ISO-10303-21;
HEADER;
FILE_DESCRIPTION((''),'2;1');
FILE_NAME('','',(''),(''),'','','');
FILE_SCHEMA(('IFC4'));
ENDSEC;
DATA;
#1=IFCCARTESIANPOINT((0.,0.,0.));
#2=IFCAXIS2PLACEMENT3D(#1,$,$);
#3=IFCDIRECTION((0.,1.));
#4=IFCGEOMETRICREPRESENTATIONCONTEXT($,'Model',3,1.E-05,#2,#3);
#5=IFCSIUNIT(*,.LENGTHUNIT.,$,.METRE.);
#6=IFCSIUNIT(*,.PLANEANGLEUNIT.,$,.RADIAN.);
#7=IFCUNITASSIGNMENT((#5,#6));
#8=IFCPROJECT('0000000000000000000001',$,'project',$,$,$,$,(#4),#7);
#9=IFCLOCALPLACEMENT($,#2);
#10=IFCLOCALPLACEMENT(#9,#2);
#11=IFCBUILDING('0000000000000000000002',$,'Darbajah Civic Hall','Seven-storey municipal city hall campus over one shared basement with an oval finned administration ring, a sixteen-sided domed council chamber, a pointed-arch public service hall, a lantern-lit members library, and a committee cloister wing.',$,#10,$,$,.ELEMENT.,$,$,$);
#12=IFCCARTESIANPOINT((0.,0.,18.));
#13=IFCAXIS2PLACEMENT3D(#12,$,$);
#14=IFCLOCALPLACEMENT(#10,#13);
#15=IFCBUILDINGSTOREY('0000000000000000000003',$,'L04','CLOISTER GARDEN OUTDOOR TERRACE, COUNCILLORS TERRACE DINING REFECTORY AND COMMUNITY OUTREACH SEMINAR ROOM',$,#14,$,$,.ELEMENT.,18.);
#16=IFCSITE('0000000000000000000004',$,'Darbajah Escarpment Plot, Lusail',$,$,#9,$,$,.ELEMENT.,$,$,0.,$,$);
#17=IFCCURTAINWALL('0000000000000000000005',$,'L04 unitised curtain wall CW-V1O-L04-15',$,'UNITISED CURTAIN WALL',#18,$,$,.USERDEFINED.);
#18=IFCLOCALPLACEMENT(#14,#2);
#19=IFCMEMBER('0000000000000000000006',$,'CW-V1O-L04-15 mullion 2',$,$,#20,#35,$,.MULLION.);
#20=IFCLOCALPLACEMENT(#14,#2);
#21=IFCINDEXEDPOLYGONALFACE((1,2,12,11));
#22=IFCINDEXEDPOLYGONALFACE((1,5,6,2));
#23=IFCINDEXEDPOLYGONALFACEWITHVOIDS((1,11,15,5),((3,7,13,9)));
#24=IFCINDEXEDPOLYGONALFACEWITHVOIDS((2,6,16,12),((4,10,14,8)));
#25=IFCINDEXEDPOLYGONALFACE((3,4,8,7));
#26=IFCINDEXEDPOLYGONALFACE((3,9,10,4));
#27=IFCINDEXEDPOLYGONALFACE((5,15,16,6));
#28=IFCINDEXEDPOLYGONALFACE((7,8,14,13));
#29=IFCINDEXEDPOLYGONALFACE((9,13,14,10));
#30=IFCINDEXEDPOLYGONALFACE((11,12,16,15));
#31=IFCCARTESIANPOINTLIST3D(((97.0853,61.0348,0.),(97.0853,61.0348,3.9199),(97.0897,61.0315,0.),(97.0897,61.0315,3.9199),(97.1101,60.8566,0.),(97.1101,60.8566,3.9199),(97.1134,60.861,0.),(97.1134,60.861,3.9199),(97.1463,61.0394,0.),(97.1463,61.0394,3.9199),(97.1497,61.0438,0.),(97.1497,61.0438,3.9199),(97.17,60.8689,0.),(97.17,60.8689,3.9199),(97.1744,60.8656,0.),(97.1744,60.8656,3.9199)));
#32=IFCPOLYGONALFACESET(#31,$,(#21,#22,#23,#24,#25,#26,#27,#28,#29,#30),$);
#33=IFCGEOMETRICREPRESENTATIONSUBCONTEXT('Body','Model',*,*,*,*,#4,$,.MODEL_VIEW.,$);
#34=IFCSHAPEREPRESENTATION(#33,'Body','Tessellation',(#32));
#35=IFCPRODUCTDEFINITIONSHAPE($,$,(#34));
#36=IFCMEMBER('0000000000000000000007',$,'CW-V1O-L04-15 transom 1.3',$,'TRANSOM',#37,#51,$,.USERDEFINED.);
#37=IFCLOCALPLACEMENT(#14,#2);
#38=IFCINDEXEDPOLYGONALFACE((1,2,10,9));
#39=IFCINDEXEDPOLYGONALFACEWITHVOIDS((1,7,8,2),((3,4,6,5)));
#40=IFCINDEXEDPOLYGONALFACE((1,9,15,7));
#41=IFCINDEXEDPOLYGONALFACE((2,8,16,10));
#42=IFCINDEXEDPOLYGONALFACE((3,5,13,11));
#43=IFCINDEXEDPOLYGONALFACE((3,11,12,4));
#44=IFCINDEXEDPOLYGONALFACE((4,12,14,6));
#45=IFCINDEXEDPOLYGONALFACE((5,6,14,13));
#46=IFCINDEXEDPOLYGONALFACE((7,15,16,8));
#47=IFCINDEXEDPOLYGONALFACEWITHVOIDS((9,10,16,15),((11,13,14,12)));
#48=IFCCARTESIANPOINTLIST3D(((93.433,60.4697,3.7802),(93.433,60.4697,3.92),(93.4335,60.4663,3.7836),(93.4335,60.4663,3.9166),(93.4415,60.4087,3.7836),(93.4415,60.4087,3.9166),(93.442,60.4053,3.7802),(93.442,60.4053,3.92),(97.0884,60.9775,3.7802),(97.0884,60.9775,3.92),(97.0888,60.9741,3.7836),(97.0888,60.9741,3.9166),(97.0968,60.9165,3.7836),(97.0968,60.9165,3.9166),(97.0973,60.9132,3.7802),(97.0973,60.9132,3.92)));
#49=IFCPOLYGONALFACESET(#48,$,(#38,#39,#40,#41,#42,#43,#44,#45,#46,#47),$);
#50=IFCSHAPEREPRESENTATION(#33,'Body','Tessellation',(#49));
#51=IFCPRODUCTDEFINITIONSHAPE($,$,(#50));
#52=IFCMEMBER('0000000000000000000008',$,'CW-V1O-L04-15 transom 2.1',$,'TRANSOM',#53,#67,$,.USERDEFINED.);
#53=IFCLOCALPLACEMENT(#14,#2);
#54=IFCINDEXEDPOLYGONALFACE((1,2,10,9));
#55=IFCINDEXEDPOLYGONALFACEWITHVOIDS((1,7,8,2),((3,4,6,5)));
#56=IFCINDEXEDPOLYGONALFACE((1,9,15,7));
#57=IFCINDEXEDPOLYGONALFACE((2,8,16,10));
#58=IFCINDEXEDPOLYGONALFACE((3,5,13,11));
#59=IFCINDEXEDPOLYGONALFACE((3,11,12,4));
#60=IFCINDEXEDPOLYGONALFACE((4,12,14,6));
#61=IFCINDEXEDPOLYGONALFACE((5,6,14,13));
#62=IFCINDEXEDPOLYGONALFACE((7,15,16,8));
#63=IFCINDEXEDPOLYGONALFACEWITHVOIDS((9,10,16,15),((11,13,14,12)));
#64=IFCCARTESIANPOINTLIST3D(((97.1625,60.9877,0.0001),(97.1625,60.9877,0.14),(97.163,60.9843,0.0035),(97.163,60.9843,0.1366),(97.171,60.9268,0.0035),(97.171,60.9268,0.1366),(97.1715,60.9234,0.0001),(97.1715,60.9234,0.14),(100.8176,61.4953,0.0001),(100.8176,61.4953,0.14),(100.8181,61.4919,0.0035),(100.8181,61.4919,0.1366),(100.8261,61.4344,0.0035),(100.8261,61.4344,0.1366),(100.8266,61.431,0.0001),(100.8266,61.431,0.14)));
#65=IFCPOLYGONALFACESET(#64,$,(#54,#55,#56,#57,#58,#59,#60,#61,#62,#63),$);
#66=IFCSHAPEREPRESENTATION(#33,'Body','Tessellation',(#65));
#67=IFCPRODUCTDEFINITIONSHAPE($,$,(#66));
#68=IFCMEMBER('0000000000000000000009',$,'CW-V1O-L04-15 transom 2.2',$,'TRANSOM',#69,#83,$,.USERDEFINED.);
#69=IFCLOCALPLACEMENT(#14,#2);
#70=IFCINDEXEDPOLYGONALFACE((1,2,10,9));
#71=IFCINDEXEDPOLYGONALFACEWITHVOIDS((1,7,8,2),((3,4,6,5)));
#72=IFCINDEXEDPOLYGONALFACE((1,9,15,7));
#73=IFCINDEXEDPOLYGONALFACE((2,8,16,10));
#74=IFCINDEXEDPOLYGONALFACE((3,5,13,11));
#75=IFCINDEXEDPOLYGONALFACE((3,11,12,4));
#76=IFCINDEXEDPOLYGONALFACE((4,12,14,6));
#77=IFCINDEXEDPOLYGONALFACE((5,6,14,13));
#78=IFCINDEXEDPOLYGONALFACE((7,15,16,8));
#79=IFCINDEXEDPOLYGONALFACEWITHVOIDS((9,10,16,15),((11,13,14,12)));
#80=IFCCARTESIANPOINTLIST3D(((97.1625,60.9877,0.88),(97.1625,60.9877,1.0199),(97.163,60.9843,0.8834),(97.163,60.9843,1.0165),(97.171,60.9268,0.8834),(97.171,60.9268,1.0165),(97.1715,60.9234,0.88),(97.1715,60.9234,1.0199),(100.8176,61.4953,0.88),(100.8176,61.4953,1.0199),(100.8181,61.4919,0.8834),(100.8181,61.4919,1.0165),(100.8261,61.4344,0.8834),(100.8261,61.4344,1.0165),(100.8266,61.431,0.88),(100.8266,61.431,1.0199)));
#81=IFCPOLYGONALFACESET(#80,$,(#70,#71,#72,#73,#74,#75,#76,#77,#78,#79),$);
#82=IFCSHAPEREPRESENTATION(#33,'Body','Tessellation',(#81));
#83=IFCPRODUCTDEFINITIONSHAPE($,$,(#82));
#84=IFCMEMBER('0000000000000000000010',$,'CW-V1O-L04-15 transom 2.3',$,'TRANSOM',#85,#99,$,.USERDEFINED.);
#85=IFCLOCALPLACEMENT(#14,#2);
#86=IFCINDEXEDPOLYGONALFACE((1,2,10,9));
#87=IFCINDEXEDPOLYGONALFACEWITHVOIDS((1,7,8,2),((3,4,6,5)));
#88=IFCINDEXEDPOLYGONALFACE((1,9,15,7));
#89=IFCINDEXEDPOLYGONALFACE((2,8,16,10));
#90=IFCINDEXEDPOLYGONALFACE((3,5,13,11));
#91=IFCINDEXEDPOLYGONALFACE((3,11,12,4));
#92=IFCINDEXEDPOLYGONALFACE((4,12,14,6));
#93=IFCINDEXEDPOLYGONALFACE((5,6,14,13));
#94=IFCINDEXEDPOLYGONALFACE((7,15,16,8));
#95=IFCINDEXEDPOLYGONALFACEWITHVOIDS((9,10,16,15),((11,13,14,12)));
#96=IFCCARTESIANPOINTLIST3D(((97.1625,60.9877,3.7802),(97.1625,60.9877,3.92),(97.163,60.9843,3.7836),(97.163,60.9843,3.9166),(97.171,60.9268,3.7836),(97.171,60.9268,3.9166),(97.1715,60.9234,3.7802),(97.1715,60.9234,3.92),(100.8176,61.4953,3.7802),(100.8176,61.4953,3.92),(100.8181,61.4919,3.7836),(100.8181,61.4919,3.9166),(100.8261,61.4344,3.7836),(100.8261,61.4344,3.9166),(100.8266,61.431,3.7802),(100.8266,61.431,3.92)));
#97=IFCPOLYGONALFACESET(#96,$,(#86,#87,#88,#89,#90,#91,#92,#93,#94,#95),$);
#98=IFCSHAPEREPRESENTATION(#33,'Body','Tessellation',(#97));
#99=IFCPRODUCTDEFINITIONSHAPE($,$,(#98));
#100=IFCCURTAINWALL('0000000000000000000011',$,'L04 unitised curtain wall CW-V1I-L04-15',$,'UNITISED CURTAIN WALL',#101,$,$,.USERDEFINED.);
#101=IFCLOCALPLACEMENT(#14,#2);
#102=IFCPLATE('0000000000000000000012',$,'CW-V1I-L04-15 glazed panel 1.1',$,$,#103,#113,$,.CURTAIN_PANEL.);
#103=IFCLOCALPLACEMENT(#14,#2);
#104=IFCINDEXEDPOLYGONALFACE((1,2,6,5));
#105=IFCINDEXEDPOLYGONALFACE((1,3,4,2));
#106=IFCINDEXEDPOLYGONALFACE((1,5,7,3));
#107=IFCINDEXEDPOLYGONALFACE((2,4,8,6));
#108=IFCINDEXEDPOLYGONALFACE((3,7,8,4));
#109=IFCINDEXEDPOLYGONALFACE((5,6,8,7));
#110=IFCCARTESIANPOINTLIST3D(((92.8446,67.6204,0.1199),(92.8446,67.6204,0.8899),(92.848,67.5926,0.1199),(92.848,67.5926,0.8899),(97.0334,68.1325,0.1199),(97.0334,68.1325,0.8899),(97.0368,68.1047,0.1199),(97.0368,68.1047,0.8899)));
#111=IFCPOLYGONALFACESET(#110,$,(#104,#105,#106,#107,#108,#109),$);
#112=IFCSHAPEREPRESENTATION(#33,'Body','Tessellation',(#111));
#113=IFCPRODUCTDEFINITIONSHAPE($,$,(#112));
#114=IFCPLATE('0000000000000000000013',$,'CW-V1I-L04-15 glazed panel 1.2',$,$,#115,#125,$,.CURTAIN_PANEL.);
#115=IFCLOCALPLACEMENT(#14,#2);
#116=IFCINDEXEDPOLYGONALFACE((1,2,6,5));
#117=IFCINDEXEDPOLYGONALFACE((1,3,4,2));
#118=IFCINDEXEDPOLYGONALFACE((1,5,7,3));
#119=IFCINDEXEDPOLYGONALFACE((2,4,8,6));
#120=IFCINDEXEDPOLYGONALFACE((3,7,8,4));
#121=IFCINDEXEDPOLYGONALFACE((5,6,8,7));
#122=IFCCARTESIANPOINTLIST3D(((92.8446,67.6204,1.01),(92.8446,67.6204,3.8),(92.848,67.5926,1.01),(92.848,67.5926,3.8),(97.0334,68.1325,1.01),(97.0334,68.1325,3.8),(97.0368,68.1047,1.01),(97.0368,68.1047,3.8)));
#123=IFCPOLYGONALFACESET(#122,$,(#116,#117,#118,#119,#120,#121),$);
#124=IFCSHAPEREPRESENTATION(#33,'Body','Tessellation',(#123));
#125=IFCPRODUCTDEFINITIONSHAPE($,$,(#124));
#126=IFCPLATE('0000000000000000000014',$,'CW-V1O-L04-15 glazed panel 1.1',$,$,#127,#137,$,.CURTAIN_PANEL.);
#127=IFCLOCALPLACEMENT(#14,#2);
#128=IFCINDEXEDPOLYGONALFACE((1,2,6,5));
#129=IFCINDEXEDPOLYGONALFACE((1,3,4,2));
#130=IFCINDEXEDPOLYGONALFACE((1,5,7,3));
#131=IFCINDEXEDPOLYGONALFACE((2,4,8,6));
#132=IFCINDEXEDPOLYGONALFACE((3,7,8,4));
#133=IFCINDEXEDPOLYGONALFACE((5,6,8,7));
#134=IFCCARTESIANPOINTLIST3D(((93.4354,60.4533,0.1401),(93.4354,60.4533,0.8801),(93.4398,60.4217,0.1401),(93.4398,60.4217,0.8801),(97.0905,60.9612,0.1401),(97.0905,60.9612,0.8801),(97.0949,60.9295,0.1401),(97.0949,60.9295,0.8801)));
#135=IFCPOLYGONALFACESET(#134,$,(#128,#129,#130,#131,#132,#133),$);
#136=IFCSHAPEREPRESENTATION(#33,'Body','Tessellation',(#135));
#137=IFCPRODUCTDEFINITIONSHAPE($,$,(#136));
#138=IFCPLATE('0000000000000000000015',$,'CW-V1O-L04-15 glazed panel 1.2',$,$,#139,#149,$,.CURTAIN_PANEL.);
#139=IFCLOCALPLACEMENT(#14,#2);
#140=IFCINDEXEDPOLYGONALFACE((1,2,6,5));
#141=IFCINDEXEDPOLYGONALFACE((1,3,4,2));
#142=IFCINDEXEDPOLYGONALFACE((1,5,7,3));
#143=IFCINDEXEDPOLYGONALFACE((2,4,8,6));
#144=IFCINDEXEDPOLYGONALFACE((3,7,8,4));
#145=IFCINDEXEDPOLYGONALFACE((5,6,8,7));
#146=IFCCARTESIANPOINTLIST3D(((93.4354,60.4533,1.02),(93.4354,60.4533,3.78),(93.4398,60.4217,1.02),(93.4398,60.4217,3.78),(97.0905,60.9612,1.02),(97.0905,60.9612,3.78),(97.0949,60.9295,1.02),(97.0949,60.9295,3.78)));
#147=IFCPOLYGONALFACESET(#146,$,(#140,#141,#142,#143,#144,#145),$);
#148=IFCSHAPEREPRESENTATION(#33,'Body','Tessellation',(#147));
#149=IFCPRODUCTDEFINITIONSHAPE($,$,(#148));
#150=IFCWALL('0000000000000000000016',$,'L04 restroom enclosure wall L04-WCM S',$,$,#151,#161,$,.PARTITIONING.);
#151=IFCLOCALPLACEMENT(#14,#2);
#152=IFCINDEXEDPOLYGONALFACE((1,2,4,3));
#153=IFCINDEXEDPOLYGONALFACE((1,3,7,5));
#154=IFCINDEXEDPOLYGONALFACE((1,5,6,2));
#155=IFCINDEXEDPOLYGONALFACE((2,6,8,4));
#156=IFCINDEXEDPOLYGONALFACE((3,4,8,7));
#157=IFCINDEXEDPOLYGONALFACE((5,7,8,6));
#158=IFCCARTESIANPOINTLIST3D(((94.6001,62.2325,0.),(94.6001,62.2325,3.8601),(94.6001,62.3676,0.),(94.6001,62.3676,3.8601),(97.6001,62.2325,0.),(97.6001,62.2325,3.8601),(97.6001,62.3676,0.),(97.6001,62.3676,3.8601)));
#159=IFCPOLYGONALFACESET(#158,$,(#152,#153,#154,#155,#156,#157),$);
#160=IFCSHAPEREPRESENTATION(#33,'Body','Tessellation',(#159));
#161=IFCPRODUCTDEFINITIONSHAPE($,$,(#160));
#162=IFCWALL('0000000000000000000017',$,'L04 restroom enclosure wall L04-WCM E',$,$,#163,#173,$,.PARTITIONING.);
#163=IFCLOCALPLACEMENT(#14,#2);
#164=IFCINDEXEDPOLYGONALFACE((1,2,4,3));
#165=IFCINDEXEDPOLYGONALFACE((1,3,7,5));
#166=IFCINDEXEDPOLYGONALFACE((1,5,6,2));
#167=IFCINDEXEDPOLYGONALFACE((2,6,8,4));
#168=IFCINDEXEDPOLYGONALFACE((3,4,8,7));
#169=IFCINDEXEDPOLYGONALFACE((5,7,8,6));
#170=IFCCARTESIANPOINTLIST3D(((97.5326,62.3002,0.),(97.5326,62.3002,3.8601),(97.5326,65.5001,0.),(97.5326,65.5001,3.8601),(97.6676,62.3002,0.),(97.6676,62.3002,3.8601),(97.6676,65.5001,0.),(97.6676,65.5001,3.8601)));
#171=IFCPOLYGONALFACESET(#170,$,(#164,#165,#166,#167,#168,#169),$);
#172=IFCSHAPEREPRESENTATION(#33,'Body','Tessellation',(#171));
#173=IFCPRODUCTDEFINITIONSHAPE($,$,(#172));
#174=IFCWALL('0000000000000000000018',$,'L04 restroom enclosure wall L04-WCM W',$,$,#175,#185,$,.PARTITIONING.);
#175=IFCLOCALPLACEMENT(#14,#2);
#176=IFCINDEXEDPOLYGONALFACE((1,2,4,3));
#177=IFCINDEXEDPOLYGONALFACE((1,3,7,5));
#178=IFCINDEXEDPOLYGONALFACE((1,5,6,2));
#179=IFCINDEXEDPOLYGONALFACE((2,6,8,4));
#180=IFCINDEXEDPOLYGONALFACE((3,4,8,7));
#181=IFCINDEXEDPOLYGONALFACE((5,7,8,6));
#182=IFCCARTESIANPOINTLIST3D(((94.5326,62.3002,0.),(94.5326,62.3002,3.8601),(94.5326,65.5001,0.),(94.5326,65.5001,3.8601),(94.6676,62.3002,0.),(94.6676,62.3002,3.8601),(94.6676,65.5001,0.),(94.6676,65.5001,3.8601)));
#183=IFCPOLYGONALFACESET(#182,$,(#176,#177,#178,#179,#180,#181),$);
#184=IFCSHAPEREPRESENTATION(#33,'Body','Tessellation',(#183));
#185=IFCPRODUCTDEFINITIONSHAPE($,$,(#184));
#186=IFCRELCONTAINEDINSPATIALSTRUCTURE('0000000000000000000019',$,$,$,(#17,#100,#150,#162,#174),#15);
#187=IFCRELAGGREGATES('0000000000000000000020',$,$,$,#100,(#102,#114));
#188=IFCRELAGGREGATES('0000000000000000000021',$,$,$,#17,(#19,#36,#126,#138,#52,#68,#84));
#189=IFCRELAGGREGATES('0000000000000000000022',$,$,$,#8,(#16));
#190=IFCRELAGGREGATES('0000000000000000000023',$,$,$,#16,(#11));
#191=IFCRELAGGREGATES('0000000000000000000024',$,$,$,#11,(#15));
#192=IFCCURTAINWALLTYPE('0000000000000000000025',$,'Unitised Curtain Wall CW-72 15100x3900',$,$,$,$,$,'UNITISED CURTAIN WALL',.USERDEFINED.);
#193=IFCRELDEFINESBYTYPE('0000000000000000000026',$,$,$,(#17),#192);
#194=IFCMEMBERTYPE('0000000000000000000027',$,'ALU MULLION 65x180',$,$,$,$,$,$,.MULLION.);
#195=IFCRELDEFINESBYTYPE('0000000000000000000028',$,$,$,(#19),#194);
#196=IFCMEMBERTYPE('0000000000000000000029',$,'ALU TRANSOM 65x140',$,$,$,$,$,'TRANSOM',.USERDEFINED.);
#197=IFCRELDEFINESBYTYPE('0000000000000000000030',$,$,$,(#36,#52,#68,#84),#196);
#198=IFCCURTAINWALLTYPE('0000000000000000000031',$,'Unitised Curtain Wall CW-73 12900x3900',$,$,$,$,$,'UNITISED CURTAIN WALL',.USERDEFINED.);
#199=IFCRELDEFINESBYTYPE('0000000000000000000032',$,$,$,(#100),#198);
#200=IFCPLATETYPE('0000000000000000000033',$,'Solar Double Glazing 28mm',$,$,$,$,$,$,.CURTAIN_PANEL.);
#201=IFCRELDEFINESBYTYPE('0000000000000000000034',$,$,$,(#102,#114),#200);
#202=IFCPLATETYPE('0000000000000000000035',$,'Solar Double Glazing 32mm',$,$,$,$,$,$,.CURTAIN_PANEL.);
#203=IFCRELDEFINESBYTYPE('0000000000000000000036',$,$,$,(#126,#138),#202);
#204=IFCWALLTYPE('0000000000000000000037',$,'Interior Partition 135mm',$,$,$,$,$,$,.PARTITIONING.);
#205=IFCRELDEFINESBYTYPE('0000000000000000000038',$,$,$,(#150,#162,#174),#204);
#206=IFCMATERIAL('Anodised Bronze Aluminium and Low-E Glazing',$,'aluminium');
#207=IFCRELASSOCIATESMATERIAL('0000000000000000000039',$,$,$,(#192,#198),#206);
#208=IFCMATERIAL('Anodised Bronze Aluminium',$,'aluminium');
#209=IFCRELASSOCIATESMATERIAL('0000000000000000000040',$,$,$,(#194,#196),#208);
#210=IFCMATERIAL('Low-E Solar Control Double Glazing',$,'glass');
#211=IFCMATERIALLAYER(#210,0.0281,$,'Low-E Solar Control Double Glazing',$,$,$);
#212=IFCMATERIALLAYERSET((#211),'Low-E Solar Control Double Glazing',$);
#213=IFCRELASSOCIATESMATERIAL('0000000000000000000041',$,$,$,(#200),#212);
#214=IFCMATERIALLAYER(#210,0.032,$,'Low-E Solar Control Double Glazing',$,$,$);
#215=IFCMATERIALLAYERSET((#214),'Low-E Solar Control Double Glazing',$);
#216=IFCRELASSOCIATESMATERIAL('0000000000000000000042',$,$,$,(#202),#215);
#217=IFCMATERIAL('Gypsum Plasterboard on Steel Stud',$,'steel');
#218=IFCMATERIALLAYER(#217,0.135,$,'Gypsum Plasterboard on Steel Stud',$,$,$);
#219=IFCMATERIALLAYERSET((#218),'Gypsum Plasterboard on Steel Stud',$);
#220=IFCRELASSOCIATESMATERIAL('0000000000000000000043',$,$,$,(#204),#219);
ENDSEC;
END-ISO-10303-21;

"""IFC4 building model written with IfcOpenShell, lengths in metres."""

from ifc_helpers import new_model, si_unit, direction, frame, frame_2d, origin, origin_2d, place, context, subcontext, project, spatial, rectangle, hollow_rectangle, extrude, material, layer, layer_set, material_profile, profile_set, type_object, element, aggregate, save


model = new_model("IFC4")

# Units and contexts
model_context = context("Model", 3, precision=1e-05, world=origin(), true_north=direction((0.0, 1.0)))
body_context = subcontext(model_context, "Body", "Model", "MODEL_VIEW")
ifc_project = project(units=[si_unit("LENGTHUNIT", "METRE"), si_unit("PLANEANGLEUNIT", "RADIAN")], contexts=[model_context])

# Site, building, storey
site_placement = place(None, origin())
site = spatial("IfcSite", under=ifc_project, at=site_placement, Name="Darbajah Escarpment Plot, Lusail", CompositionType="ELEMENT", RefElevation=0.0)
building_placement = place(site_placement, origin())
building = spatial("IfcBuilding", under=site, at=building_placement, Name="Darbajah Civic Hall", Description="Seven-storey municipal city hall campus over one shared basement with an oval finned administration ring, a sixteen-sided domed council chamber, a pointed-arch public service hall, a lantern-lit members library, and a committee cloister wing.", CompositionType="ELEMENT")
storey_placement = place(building_placement, frame((0.0, 0.0, 18.0)))
storey = spatial("IfcBuildingStorey", under=building, at=storey_placement, Name="L04", Description="CLOISTER GARDEN OUTDOOR TERRACE, COUNCILLORS TERRACE DINING REFECTORY AND COMMUNITY OUTREACH SEMINAR ROOM", CompositionType="ELEMENT", Elevation=18.0)

# Curtain wall, members
ifc_material_1 = material(Name="Anodised Bronze Aluminium and Low-E Glazing", Category="aluminium")
curtain_wall_type_1 = type_object("IfcCurtainWallType", Name="Unitised Curtain Wall CW-72 15100x3900", ElementType="UNITISED CURTAIN WALL", PredefinedType="USERDEFINED", material=ifc_material_1)
curtain_wall_1_placement = place(storey_placement, origin())
curtain_wall_1 = element("IfcCurtainWall", 1, at=curtain_wall_1_placement, inside=storey, type_object=curtain_wall_type_1, Name="L04 unitised curtain wall CW-V1O-L04-15", ObjectType="UNITISED CURTAIN WALL", PredefinedType="USERDEFINED")
ifc_material_2 = material(Name="Anodised Bronze Aluminium", Category="aluminium")
ifc_material_profile_1 = material_profile(ifc_material_2, hollow_rectangle(XDim=0.0649, YDim=0.1799, WallThickness=0.0039, at=origin_2d()), Name="ALU MULLION 65x180")
ifc_profile_set_1 = profile_set([ifc_material_profile_1], Name="Anodised Bronze Aluminium")
member_type_1 = type_object("IfcMemberType", Name="ALU MULLION 65x180", PredefinedType="MULLION", material=ifc_profile_set_1)
member_1_placement = place(storey_placement, frame((97.1299, 60.9502, 0.0), z_axis=(0.0, 0.0, 1.0), x_axis=(0.990485, 0.137617, 0.0)))
member_1 = element("IfcMember", 2, at=member_1_placement, type_object=member_type_1, Name="CW-V1O-L04-15 mullion 2", PredefinedType="MULLION", context=body_context, shape_type="SweptSolid", body=[
    extrude(hollow_rectangle(XDim=0.0649, YDim=0.1799, WallThickness=0.0039, at=origin_2d()), origin(), (0.0, 0.0, 1.0), 3.9199),
])
ifc_material_profile_2 = material_profile(ifc_material_2, hollow_rectangle(XDim=0.0649, YDim=0.1399, WallThickness=0.0034, at=origin_2d()), Name="ALU TRANSOM 65x140")
ifc_profile_set_2 = profile_set([ifc_material_profile_2], Name="Anodised Bronze Aluminium")
member_type_2 = type_object("IfcMemberType", Name="ALU TRANSOM 65x140", ElementType="TRANSOM", PredefinedType="USERDEFINED", material=ifc_profile_set_2)
member_2_placement = place(storey_placement, frame((93.4375, 60.4375, 3.8501), z_axis=(0.990487, 0.137604, 0.0), x_axis=(-0.137604, 0.990487, 0.0)))
member_2 = element("IfcMember", 3, at=member_2_placement, type_object=member_type_2, Name="CW-V1O-L04-15 transom 1.3", ObjectType="TRANSOM", PredefinedType="USERDEFINED", context=body_context, shape_type="SweptSolid", body=[
    extrude(hollow_rectangle(XDim=0.0649, YDim=0.1399, WallThickness=0.0034, at=origin_2d()), origin(), (0.0, 0.0, 1.0), 3.6904),
])
member_3_placement = place(storey_placement, frame((97.167, 60.9556, 0.0701), z_axis=(0.990495, 0.137549, 0.0), x_axis=(-0.137549, 0.990495, 0.0)))
member_3 = element("IfcMember", 4, at=member_3_placement, type_object=member_type_2, Name="CW-V1O-L04-15 transom 2.1", ObjectType="TRANSOM", PredefinedType="USERDEFINED", context=body_context, shape_type="SweptSolid", body=[
    extrude(hollow_rectangle(XDim=0.0649, YDim=0.1399, WallThickness=0.0034, at=origin_2d()), origin(), (0.0, 0.0, 1.0), 3.6902),
])
member_4_placement = place(storey_placement, frame((97.167, 60.9556, 0.95), z_axis=(0.990495, 0.137549, 0.0), x_axis=(-0.137549, 0.990495, 0.0)))
member_4 = element("IfcMember", 5, at=member_4_placement, type_object=member_type_2, Name="CW-V1O-L04-15 transom 2.2", ObjectType="TRANSOM", PredefinedType="USERDEFINED", context=body_context, shape_type="SweptSolid", body=[
    extrude(hollow_rectangle(XDim=0.0649, YDim=0.1399, WallThickness=0.0034, at=origin_2d()), origin(), (0.0, 0.0, 1.0), 3.6902),
])
member_5_placement = place(storey_placement, frame((97.167, 60.9556, 3.8501), z_axis=(0.990495, 0.137549, 0.0), x_axis=(-0.137549, 0.990495, 0.0)))
member_5 = element("IfcMember", 6, at=member_5_placement, type_object=member_type_2, Name="CW-V1O-L04-15 transom 2.3", ObjectType="TRANSOM", PredefinedType="USERDEFINED", context=body_context, shape_type="SweptSolid", body=[
    extrude(hollow_rectangle(XDim=0.0649, YDim=0.1399, WallThickness=0.0034, at=origin_2d()), origin(), (0.0, 0.0, 1.0), 3.6902),
])

# Curtain wall, plates
curtain_wall_type_2 = type_object("IfcCurtainWallType", Name="Unitised Curtain Wall CW-73 12900x3900", ElementType="UNITISED CURTAIN WALL", PredefinedType="USERDEFINED", material=ifc_material_1)
curtain_wall_2_placement = place(storey_placement, origin())
curtain_wall_2 = element("IfcCurtainWall", 7, at=curtain_wall_2_placement, inside=storey, type_object=curtain_wall_type_2, Name="L04 unitised curtain wall CW-V1I-L04-15", ObjectType="UNITISED CURTAIN WALL", PredefinedType="USERDEFINED")
ifc_material_3 = material(Name="Low-E Solar Control Double Glazing", Category="glass")
ifc_layer_1 = layer(ifc_material_3, 0.0281, Name="Low-E Solar Control Double Glazing")
ifc_layer_set_1 = layer_set([ifc_layer_1], Name="Low-E Solar Control Double Glazing")
plate_type_1 = type_object("IfcPlateType", Name="Solar Double Glazing 28mm", PredefinedType="CURTAIN_PANEL", material=ifc_layer_set_1)
plate_1_placement = place(storey_placement, frame((94.9407, 67.8625, 0.1199), z_axis=(0.0, 0.0, 1.0), x_axis=(0.99261, 0.12135, 0.0)))
plate_1 = element("IfcPlate", 8, at=plate_1_placement, type_object=plate_type_1, Name="CW-V1I-L04-15 glazed panel 1.1", PredefinedType="CURTAIN_PANEL", context=body_context, shape_type="SweptSolid", body=[
    extrude(rectangle(XDim=4.22, YDim=0.0281, at=origin_2d()), origin(), (0.0, 0.0, 1.0), 0.77),
])
plate_2_placement = place(storey_placement, frame((94.9407, 67.8625, 1.01), z_axis=(0.0, 0.0, 1.0), x_axis=(0.99261, 0.12135, 0.0)))
plate_2 = element("IfcPlate", 9, at=plate_2_placement, type_object=plate_type_1, Name="CW-V1I-L04-15 glazed panel 1.2", PredefinedType="CURTAIN_PANEL", context=body_context, shape_type="SweptSolid", body=[
    extrude(rectangle(XDim=4.22, YDim=0.0281, at=origin_2d()), origin(), (0.0, 0.0, 1.0), 2.79),
])
aggregate(curtain_wall_2, [plate_1, plate_2])

# Plates
ifc_layer_2 = layer(ifc_material_3, 0.032, Name="Low-E Solar Control Double Glazing")
ifc_layer_set_2 = layer_set([ifc_layer_2], Name="Low-E Solar Control Double Glazing")
plate_type_2 = type_object("IfcPlateType", Name="Solar Double Glazing 32mm", PredefinedType="CURTAIN_PANEL", material=ifc_layer_set_2)
plate_3_placement = place(storey_placement, frame((95.2651, 60.6914, 0.1401), z_axis=(0.0, 0.0, 1.0), x_axis=(0.990485, 0.137617, 0.0)))
plate_3 = element("IfcPlate", 10, at=plate_3_placement, type_object=plate_type_2, Name="CW-V1O-L04-15 glazed panel 1.1", PredefinedType="CURTAIN_PANEL", context=body_context, shape_type="SweptSolid", body=[
    extrude(rectangle(XDim=3.6902, YDim=0.032, at=origin_2d()), origin(), (0.0, 0.0, 1.0), 0.74),
])
plate_4_placement = place(storey_placement, frame((95.2651, 60.6914, 1.02), z_axis=(0.0, 0.0, 1.0), x_axis=(0.990485, 0.137617, 0.0)))
plate_4 = element("IfcPlate", 11, at=plate_4_placement, type_object=plate_type_2, Name="CW-V1O-L04-15 glazed panel 1.2", PredefinedType="CURTAIN_PANEL", context=body_context, shape_type="SweptSolid", body=[
    extrude(rectangle(XDim=3.6902, YDim=0.032, at=origin_2d()), origin(), (0.0, 0.0, 1.0), 2.76),
])
aggregate(curtain_wall_1, [member_1, member_2, plate_3, plate_4, member_3, member_4, member_5])

# Walls
ifc_material_4 = material(Name="Gypsum Plasterboard on Steel Stud", Category="steel")
ifc_layer_3 = layer(ifc_material_4, 0.135, Name="Gypsum Plasterboard on Steel Stud")
ifc_layer_set_3 = layer_set([ifc_layer_3], Name="Gypsum Plasterboard on Steel Stud")
wall_type = type_object("IfcWallType", Name="Interior Partition 135mm", PredefinedType="PARTITIONING", material=ifc_layer_set_3)
wall_1_placement = place(storey_placement, frame((94.6001, 62.3, 0.0), z_axis=(0.0, 0.0, 1.0), x_axis=(1.0, 0.0, 0.0)))
element("IfcWall", 12, at=wall_1_placement, inside=storey, type_object=wall_type, Name="L04 restroom enclosure wall L04-WCM S", PredefinedType="PARTITIONING", context=body_context, shape_type="SweptSolid", body=[
    extrude(rectangle(XDim=3.0, YDim=0.135, at=frame_2d((1.5, 0.0))), origin(), (0.0, 0.0, 1.0), 3.8601),
])
for number, where, z_axis, x_axis, name in (
    (13, (97.6001, 62.3, 0.0), (0.0, 0.0, 1.0), (0.0, 1.0, 0.0), "L04 restroom enclosure wall L04-WCM E"),
    (14, (94.6001, 62.3, 0.0), (0.0, 0.0, 1.0), (0.0, 1.0, 0.0), "L04 restroom enclosure wall L04-WCM W"),
):
    element("IfcWall", number, at=place(storey_placement, frame(where, z_axis=z_axis, x_axis=x_axis)), inside=storey, type_object=wall_type, Name=name, PredefinedType="PARTITIONING", context=body_context, shape_type="SweptSolid", body=[
        extrude(rectangle(XDim=3.2, YDim=0.135, at=frame_2d((1.6001, 0.0))), origin(), (0.0, 0.0, 1.0), 3.8601),
    ])

save(model, "model.ifc")
